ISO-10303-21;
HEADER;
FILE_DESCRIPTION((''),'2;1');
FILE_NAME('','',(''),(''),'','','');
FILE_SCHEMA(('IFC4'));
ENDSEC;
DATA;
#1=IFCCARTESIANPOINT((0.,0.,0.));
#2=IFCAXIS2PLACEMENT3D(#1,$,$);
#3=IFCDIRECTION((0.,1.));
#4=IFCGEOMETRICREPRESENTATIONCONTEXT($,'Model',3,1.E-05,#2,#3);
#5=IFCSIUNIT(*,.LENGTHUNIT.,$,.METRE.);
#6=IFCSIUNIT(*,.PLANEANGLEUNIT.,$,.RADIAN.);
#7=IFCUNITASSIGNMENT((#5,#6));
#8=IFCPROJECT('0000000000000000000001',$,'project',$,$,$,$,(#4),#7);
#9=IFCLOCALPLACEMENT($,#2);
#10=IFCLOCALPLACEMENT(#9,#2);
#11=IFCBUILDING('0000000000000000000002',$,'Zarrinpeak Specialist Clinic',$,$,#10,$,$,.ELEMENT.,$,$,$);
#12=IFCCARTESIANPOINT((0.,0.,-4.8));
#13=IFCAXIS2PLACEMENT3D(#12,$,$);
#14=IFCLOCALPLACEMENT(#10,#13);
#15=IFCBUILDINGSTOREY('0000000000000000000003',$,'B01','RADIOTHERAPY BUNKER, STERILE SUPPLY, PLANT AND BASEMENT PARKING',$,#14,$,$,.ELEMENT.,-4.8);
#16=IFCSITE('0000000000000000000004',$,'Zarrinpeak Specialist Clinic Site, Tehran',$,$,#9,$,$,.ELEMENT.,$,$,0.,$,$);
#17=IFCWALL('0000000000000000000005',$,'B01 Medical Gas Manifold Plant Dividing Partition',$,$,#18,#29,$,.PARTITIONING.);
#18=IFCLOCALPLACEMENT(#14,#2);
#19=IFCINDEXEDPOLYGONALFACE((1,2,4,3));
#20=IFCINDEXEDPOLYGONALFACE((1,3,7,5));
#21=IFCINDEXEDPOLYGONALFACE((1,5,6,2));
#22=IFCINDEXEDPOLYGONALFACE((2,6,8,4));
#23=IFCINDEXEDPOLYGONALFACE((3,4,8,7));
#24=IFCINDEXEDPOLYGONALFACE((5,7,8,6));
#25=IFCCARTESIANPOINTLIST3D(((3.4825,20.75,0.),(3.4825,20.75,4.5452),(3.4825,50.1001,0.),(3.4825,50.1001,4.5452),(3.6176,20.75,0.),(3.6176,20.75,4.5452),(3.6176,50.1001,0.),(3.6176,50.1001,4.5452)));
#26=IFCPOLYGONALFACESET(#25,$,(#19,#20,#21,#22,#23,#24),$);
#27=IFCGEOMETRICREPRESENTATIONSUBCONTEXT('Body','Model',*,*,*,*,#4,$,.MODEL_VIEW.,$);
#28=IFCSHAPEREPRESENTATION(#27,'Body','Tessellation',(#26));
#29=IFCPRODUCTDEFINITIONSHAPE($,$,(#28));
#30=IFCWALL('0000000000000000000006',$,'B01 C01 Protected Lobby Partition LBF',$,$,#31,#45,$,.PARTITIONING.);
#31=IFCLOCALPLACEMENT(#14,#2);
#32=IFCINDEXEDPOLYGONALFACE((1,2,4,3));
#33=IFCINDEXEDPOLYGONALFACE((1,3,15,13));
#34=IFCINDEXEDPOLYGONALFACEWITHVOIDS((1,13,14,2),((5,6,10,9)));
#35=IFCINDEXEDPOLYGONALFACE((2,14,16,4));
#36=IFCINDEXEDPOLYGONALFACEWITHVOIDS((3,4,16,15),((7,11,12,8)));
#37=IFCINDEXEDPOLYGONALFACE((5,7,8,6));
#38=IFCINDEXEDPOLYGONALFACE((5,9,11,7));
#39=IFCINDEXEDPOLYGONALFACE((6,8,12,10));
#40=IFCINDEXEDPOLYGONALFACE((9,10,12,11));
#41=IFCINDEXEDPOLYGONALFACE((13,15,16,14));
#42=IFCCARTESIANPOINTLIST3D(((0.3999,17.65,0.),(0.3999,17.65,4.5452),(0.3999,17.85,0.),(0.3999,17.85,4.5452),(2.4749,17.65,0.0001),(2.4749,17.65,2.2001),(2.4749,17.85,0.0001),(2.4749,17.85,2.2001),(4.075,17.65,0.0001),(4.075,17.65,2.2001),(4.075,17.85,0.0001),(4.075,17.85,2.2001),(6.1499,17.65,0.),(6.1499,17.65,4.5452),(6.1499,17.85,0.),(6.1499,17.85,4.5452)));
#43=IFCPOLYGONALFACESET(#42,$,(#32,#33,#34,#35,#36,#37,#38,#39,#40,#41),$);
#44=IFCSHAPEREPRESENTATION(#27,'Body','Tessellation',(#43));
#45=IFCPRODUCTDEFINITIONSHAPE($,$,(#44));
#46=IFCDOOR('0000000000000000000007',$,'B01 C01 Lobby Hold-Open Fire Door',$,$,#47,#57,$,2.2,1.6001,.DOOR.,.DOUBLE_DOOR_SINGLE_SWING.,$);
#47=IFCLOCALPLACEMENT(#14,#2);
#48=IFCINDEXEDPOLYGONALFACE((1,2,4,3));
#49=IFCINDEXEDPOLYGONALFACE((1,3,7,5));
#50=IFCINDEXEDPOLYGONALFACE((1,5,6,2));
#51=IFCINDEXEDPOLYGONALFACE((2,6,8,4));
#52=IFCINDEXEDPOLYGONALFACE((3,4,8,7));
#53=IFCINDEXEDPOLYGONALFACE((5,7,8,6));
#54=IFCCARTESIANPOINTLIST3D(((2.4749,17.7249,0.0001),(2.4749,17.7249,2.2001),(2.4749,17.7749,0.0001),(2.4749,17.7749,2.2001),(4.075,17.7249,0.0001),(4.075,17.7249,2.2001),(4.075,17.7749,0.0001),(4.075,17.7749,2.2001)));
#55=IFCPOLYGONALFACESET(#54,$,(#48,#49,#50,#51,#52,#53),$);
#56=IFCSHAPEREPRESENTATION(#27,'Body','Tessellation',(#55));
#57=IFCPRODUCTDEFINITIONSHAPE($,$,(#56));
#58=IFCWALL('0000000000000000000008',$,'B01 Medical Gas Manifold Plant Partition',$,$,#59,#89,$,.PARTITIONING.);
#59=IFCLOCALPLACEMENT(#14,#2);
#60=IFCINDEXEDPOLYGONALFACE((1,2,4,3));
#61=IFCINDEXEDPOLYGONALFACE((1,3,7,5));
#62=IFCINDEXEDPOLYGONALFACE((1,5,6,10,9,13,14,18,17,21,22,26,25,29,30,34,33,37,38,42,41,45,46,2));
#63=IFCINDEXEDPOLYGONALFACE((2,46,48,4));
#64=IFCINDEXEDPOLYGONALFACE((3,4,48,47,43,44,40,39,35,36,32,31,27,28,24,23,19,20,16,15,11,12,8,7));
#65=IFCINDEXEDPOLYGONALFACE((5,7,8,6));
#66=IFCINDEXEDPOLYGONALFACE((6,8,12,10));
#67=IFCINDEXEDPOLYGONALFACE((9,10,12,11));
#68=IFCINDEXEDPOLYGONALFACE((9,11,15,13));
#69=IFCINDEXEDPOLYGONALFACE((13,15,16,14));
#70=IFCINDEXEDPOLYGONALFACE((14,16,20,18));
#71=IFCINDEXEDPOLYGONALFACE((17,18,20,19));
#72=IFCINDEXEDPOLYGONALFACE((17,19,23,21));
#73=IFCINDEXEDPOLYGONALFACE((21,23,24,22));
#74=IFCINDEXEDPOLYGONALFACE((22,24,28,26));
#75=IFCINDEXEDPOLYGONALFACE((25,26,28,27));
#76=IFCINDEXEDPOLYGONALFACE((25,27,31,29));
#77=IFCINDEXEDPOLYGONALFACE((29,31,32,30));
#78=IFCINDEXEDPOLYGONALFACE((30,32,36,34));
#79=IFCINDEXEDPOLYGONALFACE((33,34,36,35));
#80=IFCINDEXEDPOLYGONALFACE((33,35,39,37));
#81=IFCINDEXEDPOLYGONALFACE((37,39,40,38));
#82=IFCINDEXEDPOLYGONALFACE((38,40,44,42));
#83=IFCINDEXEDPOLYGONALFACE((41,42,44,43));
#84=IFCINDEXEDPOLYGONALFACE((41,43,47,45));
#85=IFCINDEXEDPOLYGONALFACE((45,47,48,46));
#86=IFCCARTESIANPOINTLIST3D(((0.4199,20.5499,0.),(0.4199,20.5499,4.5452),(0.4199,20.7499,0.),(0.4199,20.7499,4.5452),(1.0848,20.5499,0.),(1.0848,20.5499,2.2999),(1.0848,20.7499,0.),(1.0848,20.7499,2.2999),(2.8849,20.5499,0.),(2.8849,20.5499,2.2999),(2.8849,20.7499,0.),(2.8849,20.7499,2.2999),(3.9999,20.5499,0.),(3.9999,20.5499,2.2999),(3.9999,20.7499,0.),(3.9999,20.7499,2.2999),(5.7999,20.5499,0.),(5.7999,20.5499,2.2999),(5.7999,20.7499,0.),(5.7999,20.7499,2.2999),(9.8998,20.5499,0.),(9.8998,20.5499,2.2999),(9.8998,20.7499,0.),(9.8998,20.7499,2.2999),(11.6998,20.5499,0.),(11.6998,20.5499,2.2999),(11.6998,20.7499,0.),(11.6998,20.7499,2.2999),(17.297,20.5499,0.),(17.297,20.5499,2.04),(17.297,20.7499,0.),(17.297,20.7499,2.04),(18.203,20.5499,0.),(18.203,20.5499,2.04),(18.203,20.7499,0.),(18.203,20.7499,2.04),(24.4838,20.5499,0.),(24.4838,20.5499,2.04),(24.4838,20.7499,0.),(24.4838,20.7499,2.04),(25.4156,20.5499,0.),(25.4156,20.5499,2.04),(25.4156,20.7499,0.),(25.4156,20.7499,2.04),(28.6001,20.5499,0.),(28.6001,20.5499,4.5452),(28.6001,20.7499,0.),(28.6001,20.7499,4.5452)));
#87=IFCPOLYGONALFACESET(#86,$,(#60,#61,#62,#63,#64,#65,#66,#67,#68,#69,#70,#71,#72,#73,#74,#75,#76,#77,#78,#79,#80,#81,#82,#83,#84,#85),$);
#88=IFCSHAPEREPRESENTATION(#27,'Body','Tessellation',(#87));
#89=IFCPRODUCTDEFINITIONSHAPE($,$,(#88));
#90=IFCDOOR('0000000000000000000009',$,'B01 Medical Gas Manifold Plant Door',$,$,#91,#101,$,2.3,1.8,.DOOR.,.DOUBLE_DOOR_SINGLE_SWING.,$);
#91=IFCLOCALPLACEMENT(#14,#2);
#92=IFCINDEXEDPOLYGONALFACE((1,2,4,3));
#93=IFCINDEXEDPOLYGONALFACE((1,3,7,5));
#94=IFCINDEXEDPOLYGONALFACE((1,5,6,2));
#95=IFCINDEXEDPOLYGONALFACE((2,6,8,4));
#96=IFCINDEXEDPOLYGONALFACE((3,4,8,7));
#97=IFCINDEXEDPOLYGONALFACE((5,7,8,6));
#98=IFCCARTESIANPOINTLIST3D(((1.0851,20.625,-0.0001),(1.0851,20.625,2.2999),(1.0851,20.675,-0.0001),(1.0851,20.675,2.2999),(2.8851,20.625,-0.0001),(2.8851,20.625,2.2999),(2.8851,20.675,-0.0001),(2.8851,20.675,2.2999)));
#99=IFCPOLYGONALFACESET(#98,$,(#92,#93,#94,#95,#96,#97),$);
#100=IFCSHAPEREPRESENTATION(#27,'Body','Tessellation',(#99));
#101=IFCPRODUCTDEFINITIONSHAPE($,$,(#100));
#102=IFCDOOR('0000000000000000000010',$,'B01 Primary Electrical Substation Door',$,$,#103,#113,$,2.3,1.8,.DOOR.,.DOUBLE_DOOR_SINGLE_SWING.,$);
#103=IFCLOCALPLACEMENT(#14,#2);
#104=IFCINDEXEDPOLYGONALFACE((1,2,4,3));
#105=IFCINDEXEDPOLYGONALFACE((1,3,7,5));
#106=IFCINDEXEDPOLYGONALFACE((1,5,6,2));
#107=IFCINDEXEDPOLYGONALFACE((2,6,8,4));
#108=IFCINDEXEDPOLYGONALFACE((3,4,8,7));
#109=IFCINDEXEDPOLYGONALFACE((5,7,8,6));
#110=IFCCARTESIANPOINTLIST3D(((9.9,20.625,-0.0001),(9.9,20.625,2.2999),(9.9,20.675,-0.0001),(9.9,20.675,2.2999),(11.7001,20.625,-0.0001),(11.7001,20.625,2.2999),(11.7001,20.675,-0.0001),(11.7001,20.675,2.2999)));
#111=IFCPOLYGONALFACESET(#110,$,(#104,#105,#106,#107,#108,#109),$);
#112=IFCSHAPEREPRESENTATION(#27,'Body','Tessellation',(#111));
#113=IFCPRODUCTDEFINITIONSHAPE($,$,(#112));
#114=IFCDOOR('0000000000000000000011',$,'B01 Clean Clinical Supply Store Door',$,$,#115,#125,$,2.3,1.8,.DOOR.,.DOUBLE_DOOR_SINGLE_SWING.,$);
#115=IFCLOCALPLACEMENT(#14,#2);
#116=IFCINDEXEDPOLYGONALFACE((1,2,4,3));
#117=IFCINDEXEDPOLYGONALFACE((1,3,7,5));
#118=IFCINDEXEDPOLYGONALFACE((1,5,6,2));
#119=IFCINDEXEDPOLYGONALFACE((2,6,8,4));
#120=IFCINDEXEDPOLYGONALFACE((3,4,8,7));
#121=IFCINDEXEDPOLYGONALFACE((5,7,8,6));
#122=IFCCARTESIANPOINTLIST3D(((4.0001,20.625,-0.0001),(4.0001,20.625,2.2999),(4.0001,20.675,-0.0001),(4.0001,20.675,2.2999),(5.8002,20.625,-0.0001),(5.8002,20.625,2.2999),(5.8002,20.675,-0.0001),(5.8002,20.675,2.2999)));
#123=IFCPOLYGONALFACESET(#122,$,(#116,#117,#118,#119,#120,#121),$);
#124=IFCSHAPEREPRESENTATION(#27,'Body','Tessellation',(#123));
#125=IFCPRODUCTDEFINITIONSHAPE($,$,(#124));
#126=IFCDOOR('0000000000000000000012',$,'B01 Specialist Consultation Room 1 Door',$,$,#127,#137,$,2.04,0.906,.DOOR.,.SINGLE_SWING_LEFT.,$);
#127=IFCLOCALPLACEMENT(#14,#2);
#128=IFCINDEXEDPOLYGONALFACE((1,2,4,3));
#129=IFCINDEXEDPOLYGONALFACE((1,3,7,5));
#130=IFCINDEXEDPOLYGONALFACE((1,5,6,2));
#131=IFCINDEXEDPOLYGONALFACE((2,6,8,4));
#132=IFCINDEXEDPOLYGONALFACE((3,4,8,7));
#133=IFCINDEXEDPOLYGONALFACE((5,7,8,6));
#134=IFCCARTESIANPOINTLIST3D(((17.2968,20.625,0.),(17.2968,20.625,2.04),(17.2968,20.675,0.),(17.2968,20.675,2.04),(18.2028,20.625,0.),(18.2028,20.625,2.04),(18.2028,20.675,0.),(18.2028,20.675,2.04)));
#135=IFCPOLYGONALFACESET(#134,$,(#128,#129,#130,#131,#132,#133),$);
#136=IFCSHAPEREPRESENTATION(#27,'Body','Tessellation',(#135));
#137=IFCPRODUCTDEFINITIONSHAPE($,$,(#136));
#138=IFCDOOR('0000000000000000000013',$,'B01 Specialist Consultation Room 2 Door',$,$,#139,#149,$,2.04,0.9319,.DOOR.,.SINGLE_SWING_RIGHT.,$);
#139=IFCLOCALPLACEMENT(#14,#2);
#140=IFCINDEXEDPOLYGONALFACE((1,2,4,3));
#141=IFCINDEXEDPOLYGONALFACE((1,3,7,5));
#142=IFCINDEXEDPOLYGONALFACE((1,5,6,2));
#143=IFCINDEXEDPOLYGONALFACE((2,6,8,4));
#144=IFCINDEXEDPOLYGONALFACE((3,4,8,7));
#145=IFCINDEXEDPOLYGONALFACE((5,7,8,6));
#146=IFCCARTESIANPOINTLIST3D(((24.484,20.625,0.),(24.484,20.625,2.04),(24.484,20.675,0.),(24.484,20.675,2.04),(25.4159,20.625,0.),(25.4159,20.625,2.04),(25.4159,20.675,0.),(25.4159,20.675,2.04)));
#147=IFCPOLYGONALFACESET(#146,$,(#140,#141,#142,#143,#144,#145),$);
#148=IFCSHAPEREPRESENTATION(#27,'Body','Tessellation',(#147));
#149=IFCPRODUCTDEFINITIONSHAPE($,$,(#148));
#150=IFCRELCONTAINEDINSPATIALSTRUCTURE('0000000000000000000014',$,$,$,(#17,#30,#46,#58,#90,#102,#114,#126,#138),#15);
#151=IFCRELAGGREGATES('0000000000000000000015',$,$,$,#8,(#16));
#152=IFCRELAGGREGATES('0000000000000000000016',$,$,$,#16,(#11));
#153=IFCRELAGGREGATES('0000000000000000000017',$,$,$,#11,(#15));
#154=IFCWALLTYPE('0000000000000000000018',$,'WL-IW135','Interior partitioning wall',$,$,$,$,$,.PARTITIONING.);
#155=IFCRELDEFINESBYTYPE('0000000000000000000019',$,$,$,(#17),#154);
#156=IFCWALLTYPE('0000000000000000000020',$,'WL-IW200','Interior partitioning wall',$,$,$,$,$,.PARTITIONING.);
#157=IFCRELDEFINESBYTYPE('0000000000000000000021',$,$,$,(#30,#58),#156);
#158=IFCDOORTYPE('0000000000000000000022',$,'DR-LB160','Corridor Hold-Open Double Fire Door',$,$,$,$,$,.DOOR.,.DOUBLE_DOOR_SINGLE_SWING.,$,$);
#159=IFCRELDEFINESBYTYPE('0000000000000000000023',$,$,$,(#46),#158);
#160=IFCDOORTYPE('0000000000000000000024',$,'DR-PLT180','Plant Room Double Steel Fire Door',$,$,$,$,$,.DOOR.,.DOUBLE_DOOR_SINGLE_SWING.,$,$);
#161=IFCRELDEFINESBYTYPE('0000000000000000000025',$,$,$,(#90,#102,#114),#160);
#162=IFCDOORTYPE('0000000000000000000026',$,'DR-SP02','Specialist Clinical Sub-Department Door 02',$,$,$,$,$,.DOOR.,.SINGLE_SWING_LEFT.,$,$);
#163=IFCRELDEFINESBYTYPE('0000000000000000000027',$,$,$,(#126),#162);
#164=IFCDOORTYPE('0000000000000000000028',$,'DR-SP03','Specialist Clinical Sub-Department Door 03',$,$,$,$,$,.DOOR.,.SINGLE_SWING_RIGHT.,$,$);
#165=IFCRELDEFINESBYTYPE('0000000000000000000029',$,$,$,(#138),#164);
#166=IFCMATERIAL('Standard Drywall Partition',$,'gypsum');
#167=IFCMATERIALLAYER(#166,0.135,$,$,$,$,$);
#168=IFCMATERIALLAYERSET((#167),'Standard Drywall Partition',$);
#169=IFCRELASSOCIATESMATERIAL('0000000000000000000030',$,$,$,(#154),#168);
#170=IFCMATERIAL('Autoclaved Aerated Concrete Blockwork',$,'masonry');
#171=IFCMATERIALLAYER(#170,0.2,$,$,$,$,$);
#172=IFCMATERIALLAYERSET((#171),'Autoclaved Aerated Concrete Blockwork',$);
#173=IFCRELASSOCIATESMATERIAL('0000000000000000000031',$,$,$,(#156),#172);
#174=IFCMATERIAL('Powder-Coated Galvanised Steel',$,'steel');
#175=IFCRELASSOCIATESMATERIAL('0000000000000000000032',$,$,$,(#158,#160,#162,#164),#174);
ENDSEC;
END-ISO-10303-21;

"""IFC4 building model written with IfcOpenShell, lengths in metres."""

from ifc_helpers import new_model, si_unit, direction, frame, frame_2d, origin, place, context, subcontext, project, spatial, rectangle, extrude, material, layer, layer_set, type_object, element, fill, save


model = new_model("IFC4")

# Units and contexts
model_context = context("Model", 3, precision=1e-05, world=origin(), true_north=direction((0.0, 1.0)))
body_context = subcontext(model_context, "Body", "Model", "MODEL_VIEW")
ifc_project = project(units=[si_unit("LENGTHUNIT", "METRE"), si_unit("PLANEANGLEUNIT", "RADIAN")], contexts=[model_context])

# Site, building, storey
site_placement = place(None, origin())
site = spatial("IfcSite", under=ifc_project, at=site_placement, Name="Zarrinpeak Specialist Clinic Site, Tehran", CompositionType="ELEMENT", RefElevation=0.0)
building_placement = place(site_placement, origin())
building = spatial("IfcBuilding", under=site, at=building_placement, Name="Zarrinpeak Specialist Clinic", CompositionType="ELEMENT")
storey_placement = place(building_placement, frame((0.0, 0.0, -4.8)))
storey = spatial("IfcBuildingStorey", under=building, at=storey_placement, Name="B01", Description="RADIOTHERAPY BUNKER, STERILE SUPPLY, PLANT AND BASEMENT PARKING", CompositionType="ELEMENT", Elevation=-4.8)

# Wall
ifc_material_1 = material(Name="Standard Drywall Partition", Category="gypsum")
ifc_layer_1 = layer(ifc_material_1, 0.135)
ifc_layer_set_1 = layer_set([ifc_layer_1], Name="Standard Drywall Partition")
wall_type_1 = type_object("IfcWallType", Name="WL-IW135", Description="Interior partitioning wall", PredefinedType="PARTITIONING", material=ifc_layer_set_1)
wall_1_placement = place(storey_placement, frame((3.55, 20.75, 0.0), z_axis=(0.0, 0.0, 1.0), x_axis=(0.0, 1.0, 0.0)))
element("IfcWall", 1, at=wall_1_placement, inside=storey, type_object=wall_type_1, Name="B01 Medical Gas Manifold Plant Dividing Partition", PredefinedType="PARTITIONING", context=body_context, shape_type="SweptSolid", body=[
    extrude(rectangle(XDim=29.3501, YDim=0.135, at=frame_2d((14.675, 0.0))), origin(), (0.0, 0.0, 1.0), 4.5452),
])

# Wall, opening, door
ifc_material_2 = material(Name="Autoclaved Aerated Concrete Blockwork", Category="masonry")
ifc_layer_2 = layer(ifc_material_2, 0.2)
ifc_layer_set_2 = layer_set([ifc_layer_2], Name="Autoclaved Aerated Concrete Blockwork")
wall_type_2 = type_object("IfcWallType", Name="WL-IW200", Description="Interior partitioning wall", PredefinedType="PARTITIONING", material=ifc_layer_set_2)
wall_2_placement = place(storey_placement, frame((0.3999, 17.75, 0.0), z_axis=(0.0, 0.0, 1.0), x_axis=(1.0, 0.0, 0.0)))
wall_2 = element("IfcWall", 2, at=wall_2_placement, inside=storey, type_object=wall_type_2, Name="B01 C01 Protected Lobby Partition LBF", PredefinedType="PARTITIONING", context=body_context, shape_type="SweptSolid", body=[
    extrude(rectangle(XDim=5.75, YDim=0.2, at=frame_2d((2.875, 0.0))), origin(), (0.0, 0.0, 1.0), 4.5452),
])
opening_1_placement = place(wall_2_placement, frame((2.075, 0.0, 0.0)))
opening_1 = element("IfcOpeningElement", 3, at=opening_1_placement, cuts=wall_2, PredefinedType="OPENING", context=body_context, shape_type="SweptSolid", body=[
    extrude(rectangle(XDim=1.6001, YDim=2.2, at=frame_2d((0.8, 1.1001))), frame((0.0, 0.1099, 0.0), z_axis=(0.0, -1.0, 0.0), x_axis=(1.0, 0.0, 0.0)), (0.0, 0.0, 1.0), 0.22),
])
ifc_material_3 = material(Name="Powder-Coated Galvanised Steel", Category="steel")
door_type_1 = type_object("IfcDoorType", Name="DR-LB160", Description="Corridor Hold-Open Double Fire Door", OperationType="DOUBLE_DOOR_SINGLE_SWING", PredefinedType="DOOR", material=ifc_material_3)
door_1_placement = place(opening_1_placement, origin())
door_1 = element("IfcDoor", 4, at=door_1_placement, inside=storey, type_object=door_type_1, Name="B01 C01 Lobby Hold-Open Fire Door", OperationType="DOUBLE_DOOR_SINGLE_SWING", OverallHeight=2.2, OverallWidth=1.6001, PredefinedType="DOOR", context=body_context, shape_type="SweptSolid", body=[
    extrude(rectangle(XDim=1.6001, YDim=2.2, at=frame_2d((0.8, 1.1001))), frame((0.0, 0.0249, 0.0), z_axis=(0.0, -1.0, 0.0), x_axis=(1.0, 0.0, 0.0)), (0.0, 0.0, 1.0), 0.05),
])
fill(opening_1, door_1)

# Wall, openings, doors
wall_3_placement = place(storey_placement, frame((0.4199, 20.6499, 0.0), z_axis=(0.0, 0.0, 1.0), x_axis=(1.0, 0.0, 0.0)))
wall_3 = element("IfcWall", 5, at=wall_3_placement, inside=storey, type_object=wall_type_2, Name="B01 Medical Gas Manifold Plant Partition", PredefinedType="PARTITIONING", context=body_context, shape_type="SweptSolid", body=[
    extrude(rectangle(XDim=28.1802, YDim=0.2, at=frame_2d((14.0901, 0.0))), origin(), (0.0, 0.0, 1.0), 4.5452),
])
opening_2_placement = place(wall_3_placement, frame((0.665, 0.0, 0.0)))
opening_2 = element("IfcOpeningElement", 6, at=opening_2_placement, cuts=wall_3, PredefinedType="OPENING", context=body_context, shape_type="SweptSolid", body=[
    extrude(rectangle(XDim=1.8, YDim=2.3, at=frame_2d((0.8999, 1.1499))), frame((0.0, 0.1099, 0.0), z_axis=(0.0, -1.0, 0.0), x_axis=(1.0, 0.0, 0.0)), (0.0, 0.0, 1.0), 0.22),
])
opening_3_placement = place(wall_3_placement, frame((9.48, 0.0, 0.0)))
opening_3 = element("IfcOpeningElement", 7, at=opening_3_placement, cuts=wall_3, PredefinedType="OPENING", context=body_context, shape_type="SweptSolid", body=[
    extrude(rectangle(XDim=1.8, YDim=2.3, at=frame_2d((0.8999, 1.1499))), frame((0.0, 0.1099, 0.0), z_axis=(0.0, -1.0, 0.0), x_axis=(1.0, 0.0, 0.0)), (0.0, 0.0, 1.0), 0.22),
])
opening_4_placement = place(wall_3_placement, frame((3.5801, 0.0, 0.0)))
opening_4 = element("IfcOpeningElement", 8, at=opening_4_placement, cuts=wall_3, PredefinedType="OPENING", context=body_context, shape_type="SweptSolid", body=[
    extrude(rectangle(XDim=1.8, YDim=2.3, at=frame_2d((0.8999, 1.1499))), frame((0.0, 0.1099, 0.0), z_axis=(0.0, -1.0, 0.0), x_axis=(1.0, 0.0, 0.0)), (0.0, 0.0, 1.0), 0.22),
])
opening_5_placement = place(wall_3_placement, frame((16.877, 0.0, 0.0)))
opening_5 = element("IfcOpeningElement", 9, at=opening_5_placement, cuts=wall_3, PredefinedType="OPENING", context=body_context, shape_type="SweptSolid", body=[
    extrude(rectangle(XDim=0.906, YDim=2.04, at=frame_2d((0.4531, 1.02))), frame((0.0, 0.1099, 0.0), z_axis=(0.0, -1.0, 0.0), x_axis=(1.0, 0.0, 0.0)), (0.0, 0.0, 1.0), 0.22),
])
opening_6_placement = place(wall_3_placement, frame((24.064, 0.0, 0.0)))
opening_6 = element("IfcOpeningElement", 10, at=opening_6_placement, cuts=wall_3, PredefinedType="OPENING", context=body_context, shape_type="SweptSolid", body=[
    extrude(rectangle(XDim=0.9319, YDim=2.04, at=frame_2d((0.4658, 1.02))), frame((0.0, 0.1099, 0.0), z_axis=(0.0, -1.0, 0.0), x_axis=(1.0, 0.0, 0.0)), (0.0, 0.0, 1.0), 0.22),
])
door_type_2 = type_object("IfcDoorType", Name="DR-PLT180", Description="Plant Room Double Steel Fire Door", OperationType="DOUBLE_DOOR_SINGLE_SWING", PredefinedType="DOOR", material=ifc_material_3)
door_2_placement = place(opening_2_placement, frame((1.8, 0.0, 0.0), z_axis=(0.0, 0.0, 1.0), x_axis=(-1.0, 0.0, 0.0)))
door_2 = element("IfcDoor", 11, at=door_2_placement, inside=storey, type_object=door_type_2, Name="B01 Medical Gas Manifold Plant Door", OperationType="DOUBLE_DOOR_SINGLE_SWING", OverallHeight=2.3, OverallWidth=1.8, PredefinedType="DOOR", context=body_context, shape_type="SweptSolid", body=[
    extrude(rectangle(XDim=1.8, YDim=2.3, at=frame_2d((0.8999, 1.1499))), frame((0.0, 0.0249, 0.0), z_axis=(0.0, -1.0, 0.0), x_axis=(1.0, 0.0, 0.0)), (0.0, 0.0, 1.0), 0.05),
])
fill(opening_2, door_2)
door_3_placement = place(opening_3_placement, frame((1.8, 0.0, 0.0), z_axis=(0.0, 0.0, 1.0), x_axis=(-1.0, 0.0, 0.0)))
door_3 = element("IfcDoor", 12, at=door_3_placement, inside=storey, type_object=door_type_2, Name="B01 Primary Electrical Substation Door", OperationType="DOUBLE_DOOR_SINGLE_SWING", OverallHeight=2.3, OverallWidth=1.8, PredefinedType="DOOR", context=body_context, shape_type="SweptSolid", body=[
    extrude(rectangle(XDim=1.8, YDim=2.3, at=frame_2d((0.8999, 1.1499))), frame((0.0, 0.0249, 0.0), z_axis=(0.0, -1.0, 0.0), x_axis=(1.0, 0.0, 0.0)), (0.0, 0.0, 1.0), 0.05),
])
fill(opening_3, door_3)
door_4_placement = place(opening_4_placement, frame((1.8, 0.0, 0.0), z_axis=(0.0, 0.0, 1.0), x_axis=(-1.0, 0.0, 0.0)))
door_4 = element("IfcDoor", 13, at=door_4_placement, inside=storey, type_object=door_type_2, Name="B01 Clean Clinical Supply Store Door", OperationType="DOUBLE_DOOR_SINGLE_SWING", OverallHeight=2.3, OverallWidth=1.8, PredefinedType="DOOR", context=body_context, shape_type="SweptSolid", body=[
    extrude(rectangle(XDim=1.8, YDim=2.3, at=frame_2d((0.8999, 1.1499))), frame((0.0, 0.0249, 0.0), z_axis=(0.0, -1.0, 0.0), x_axis=(1.0, 0.0, 0.0)), (0.0, 0.0, 1.0), 0.05),
])
fill(opening_4, door_4)
door_type_3 = type_object("IfcDoorType", Name="DR-SP02", Description="Specialist Clinical Sub-Department Door 02", OperationType="SINGLE_SWING_LEFT", PredefinedType="DOOR", material=ifc_material_3)
door_5_placement = place(opening_5_placement, frame((0.906, 0.0, 0.0), z_axis=(0.0, 0.0, 1.0), x_axis=(-1.0, 0.0, 0.0)))
door_5 = element("IfcDoor", 14, at=door_5_placement, inside=storey, type_object=door_type_3, Name="B01 Specialist Consultation Room 1 Door", OperationType="SINGLE_SWING_LEFT", OverallHeight=2.04, OverallWidth=0.906, PredefinedType="DOOR", context=body_context, shape_type="SweptSolid", body=[
    extrude(rectangle(XDim=0.906, YDim=2.04, at=frame_2d((0.4531, 1.02))), frame((0.0, 0.0249, 0.0), z_axis=(0.0, -1.0, 0.0), x_axis=(1.0, 0.0, 0.0)), (0.0, 0.0, 1.0), 0.05),
])
fill(opening_5, door_5)
door_type_4 = type_object("IfcDoorType", Name="DR-SP03", Description="Specialist Clinical Sub-Department Door 03", OperationType="SINGLE_SWING_RIGHT", PredefinedType="DOOR", material=ifc_material_3)
door_6_placement = place(opening_6_placement, frame((0.9319, 0.0, 0.0), z_axis=(0.0, 0.0, 1.0), x_axis=(-1.0, 0.0, 0.0)))
door_6 = element("IfcDoor", 15, at=door_6_placement, inside=storey, type_object=door_type_4, Name="B01 Specialist Consultation Room 2 Door", OperationType="SINGLE_SWING_RIGHT", OverallHeight=2.04, OverallWidth=0.9319, PredefinedType="DOOR", context=body_context, shape_type="SweptSolid", body=[
    extrude(rectangle(XDim=0.9319, YDim=2.04, at=frame_2d((0.4658, 1.02))), frame((0.0, 0.0249, 0.0), z_axis=(0.0, -1.0, 0.0), x_axis=(1.0, 0.0, 0.0)), (0.0, 0.0, 1.0), 0.05),
])
fill(opening_6, door_6)

save(model, "model.ifc")
